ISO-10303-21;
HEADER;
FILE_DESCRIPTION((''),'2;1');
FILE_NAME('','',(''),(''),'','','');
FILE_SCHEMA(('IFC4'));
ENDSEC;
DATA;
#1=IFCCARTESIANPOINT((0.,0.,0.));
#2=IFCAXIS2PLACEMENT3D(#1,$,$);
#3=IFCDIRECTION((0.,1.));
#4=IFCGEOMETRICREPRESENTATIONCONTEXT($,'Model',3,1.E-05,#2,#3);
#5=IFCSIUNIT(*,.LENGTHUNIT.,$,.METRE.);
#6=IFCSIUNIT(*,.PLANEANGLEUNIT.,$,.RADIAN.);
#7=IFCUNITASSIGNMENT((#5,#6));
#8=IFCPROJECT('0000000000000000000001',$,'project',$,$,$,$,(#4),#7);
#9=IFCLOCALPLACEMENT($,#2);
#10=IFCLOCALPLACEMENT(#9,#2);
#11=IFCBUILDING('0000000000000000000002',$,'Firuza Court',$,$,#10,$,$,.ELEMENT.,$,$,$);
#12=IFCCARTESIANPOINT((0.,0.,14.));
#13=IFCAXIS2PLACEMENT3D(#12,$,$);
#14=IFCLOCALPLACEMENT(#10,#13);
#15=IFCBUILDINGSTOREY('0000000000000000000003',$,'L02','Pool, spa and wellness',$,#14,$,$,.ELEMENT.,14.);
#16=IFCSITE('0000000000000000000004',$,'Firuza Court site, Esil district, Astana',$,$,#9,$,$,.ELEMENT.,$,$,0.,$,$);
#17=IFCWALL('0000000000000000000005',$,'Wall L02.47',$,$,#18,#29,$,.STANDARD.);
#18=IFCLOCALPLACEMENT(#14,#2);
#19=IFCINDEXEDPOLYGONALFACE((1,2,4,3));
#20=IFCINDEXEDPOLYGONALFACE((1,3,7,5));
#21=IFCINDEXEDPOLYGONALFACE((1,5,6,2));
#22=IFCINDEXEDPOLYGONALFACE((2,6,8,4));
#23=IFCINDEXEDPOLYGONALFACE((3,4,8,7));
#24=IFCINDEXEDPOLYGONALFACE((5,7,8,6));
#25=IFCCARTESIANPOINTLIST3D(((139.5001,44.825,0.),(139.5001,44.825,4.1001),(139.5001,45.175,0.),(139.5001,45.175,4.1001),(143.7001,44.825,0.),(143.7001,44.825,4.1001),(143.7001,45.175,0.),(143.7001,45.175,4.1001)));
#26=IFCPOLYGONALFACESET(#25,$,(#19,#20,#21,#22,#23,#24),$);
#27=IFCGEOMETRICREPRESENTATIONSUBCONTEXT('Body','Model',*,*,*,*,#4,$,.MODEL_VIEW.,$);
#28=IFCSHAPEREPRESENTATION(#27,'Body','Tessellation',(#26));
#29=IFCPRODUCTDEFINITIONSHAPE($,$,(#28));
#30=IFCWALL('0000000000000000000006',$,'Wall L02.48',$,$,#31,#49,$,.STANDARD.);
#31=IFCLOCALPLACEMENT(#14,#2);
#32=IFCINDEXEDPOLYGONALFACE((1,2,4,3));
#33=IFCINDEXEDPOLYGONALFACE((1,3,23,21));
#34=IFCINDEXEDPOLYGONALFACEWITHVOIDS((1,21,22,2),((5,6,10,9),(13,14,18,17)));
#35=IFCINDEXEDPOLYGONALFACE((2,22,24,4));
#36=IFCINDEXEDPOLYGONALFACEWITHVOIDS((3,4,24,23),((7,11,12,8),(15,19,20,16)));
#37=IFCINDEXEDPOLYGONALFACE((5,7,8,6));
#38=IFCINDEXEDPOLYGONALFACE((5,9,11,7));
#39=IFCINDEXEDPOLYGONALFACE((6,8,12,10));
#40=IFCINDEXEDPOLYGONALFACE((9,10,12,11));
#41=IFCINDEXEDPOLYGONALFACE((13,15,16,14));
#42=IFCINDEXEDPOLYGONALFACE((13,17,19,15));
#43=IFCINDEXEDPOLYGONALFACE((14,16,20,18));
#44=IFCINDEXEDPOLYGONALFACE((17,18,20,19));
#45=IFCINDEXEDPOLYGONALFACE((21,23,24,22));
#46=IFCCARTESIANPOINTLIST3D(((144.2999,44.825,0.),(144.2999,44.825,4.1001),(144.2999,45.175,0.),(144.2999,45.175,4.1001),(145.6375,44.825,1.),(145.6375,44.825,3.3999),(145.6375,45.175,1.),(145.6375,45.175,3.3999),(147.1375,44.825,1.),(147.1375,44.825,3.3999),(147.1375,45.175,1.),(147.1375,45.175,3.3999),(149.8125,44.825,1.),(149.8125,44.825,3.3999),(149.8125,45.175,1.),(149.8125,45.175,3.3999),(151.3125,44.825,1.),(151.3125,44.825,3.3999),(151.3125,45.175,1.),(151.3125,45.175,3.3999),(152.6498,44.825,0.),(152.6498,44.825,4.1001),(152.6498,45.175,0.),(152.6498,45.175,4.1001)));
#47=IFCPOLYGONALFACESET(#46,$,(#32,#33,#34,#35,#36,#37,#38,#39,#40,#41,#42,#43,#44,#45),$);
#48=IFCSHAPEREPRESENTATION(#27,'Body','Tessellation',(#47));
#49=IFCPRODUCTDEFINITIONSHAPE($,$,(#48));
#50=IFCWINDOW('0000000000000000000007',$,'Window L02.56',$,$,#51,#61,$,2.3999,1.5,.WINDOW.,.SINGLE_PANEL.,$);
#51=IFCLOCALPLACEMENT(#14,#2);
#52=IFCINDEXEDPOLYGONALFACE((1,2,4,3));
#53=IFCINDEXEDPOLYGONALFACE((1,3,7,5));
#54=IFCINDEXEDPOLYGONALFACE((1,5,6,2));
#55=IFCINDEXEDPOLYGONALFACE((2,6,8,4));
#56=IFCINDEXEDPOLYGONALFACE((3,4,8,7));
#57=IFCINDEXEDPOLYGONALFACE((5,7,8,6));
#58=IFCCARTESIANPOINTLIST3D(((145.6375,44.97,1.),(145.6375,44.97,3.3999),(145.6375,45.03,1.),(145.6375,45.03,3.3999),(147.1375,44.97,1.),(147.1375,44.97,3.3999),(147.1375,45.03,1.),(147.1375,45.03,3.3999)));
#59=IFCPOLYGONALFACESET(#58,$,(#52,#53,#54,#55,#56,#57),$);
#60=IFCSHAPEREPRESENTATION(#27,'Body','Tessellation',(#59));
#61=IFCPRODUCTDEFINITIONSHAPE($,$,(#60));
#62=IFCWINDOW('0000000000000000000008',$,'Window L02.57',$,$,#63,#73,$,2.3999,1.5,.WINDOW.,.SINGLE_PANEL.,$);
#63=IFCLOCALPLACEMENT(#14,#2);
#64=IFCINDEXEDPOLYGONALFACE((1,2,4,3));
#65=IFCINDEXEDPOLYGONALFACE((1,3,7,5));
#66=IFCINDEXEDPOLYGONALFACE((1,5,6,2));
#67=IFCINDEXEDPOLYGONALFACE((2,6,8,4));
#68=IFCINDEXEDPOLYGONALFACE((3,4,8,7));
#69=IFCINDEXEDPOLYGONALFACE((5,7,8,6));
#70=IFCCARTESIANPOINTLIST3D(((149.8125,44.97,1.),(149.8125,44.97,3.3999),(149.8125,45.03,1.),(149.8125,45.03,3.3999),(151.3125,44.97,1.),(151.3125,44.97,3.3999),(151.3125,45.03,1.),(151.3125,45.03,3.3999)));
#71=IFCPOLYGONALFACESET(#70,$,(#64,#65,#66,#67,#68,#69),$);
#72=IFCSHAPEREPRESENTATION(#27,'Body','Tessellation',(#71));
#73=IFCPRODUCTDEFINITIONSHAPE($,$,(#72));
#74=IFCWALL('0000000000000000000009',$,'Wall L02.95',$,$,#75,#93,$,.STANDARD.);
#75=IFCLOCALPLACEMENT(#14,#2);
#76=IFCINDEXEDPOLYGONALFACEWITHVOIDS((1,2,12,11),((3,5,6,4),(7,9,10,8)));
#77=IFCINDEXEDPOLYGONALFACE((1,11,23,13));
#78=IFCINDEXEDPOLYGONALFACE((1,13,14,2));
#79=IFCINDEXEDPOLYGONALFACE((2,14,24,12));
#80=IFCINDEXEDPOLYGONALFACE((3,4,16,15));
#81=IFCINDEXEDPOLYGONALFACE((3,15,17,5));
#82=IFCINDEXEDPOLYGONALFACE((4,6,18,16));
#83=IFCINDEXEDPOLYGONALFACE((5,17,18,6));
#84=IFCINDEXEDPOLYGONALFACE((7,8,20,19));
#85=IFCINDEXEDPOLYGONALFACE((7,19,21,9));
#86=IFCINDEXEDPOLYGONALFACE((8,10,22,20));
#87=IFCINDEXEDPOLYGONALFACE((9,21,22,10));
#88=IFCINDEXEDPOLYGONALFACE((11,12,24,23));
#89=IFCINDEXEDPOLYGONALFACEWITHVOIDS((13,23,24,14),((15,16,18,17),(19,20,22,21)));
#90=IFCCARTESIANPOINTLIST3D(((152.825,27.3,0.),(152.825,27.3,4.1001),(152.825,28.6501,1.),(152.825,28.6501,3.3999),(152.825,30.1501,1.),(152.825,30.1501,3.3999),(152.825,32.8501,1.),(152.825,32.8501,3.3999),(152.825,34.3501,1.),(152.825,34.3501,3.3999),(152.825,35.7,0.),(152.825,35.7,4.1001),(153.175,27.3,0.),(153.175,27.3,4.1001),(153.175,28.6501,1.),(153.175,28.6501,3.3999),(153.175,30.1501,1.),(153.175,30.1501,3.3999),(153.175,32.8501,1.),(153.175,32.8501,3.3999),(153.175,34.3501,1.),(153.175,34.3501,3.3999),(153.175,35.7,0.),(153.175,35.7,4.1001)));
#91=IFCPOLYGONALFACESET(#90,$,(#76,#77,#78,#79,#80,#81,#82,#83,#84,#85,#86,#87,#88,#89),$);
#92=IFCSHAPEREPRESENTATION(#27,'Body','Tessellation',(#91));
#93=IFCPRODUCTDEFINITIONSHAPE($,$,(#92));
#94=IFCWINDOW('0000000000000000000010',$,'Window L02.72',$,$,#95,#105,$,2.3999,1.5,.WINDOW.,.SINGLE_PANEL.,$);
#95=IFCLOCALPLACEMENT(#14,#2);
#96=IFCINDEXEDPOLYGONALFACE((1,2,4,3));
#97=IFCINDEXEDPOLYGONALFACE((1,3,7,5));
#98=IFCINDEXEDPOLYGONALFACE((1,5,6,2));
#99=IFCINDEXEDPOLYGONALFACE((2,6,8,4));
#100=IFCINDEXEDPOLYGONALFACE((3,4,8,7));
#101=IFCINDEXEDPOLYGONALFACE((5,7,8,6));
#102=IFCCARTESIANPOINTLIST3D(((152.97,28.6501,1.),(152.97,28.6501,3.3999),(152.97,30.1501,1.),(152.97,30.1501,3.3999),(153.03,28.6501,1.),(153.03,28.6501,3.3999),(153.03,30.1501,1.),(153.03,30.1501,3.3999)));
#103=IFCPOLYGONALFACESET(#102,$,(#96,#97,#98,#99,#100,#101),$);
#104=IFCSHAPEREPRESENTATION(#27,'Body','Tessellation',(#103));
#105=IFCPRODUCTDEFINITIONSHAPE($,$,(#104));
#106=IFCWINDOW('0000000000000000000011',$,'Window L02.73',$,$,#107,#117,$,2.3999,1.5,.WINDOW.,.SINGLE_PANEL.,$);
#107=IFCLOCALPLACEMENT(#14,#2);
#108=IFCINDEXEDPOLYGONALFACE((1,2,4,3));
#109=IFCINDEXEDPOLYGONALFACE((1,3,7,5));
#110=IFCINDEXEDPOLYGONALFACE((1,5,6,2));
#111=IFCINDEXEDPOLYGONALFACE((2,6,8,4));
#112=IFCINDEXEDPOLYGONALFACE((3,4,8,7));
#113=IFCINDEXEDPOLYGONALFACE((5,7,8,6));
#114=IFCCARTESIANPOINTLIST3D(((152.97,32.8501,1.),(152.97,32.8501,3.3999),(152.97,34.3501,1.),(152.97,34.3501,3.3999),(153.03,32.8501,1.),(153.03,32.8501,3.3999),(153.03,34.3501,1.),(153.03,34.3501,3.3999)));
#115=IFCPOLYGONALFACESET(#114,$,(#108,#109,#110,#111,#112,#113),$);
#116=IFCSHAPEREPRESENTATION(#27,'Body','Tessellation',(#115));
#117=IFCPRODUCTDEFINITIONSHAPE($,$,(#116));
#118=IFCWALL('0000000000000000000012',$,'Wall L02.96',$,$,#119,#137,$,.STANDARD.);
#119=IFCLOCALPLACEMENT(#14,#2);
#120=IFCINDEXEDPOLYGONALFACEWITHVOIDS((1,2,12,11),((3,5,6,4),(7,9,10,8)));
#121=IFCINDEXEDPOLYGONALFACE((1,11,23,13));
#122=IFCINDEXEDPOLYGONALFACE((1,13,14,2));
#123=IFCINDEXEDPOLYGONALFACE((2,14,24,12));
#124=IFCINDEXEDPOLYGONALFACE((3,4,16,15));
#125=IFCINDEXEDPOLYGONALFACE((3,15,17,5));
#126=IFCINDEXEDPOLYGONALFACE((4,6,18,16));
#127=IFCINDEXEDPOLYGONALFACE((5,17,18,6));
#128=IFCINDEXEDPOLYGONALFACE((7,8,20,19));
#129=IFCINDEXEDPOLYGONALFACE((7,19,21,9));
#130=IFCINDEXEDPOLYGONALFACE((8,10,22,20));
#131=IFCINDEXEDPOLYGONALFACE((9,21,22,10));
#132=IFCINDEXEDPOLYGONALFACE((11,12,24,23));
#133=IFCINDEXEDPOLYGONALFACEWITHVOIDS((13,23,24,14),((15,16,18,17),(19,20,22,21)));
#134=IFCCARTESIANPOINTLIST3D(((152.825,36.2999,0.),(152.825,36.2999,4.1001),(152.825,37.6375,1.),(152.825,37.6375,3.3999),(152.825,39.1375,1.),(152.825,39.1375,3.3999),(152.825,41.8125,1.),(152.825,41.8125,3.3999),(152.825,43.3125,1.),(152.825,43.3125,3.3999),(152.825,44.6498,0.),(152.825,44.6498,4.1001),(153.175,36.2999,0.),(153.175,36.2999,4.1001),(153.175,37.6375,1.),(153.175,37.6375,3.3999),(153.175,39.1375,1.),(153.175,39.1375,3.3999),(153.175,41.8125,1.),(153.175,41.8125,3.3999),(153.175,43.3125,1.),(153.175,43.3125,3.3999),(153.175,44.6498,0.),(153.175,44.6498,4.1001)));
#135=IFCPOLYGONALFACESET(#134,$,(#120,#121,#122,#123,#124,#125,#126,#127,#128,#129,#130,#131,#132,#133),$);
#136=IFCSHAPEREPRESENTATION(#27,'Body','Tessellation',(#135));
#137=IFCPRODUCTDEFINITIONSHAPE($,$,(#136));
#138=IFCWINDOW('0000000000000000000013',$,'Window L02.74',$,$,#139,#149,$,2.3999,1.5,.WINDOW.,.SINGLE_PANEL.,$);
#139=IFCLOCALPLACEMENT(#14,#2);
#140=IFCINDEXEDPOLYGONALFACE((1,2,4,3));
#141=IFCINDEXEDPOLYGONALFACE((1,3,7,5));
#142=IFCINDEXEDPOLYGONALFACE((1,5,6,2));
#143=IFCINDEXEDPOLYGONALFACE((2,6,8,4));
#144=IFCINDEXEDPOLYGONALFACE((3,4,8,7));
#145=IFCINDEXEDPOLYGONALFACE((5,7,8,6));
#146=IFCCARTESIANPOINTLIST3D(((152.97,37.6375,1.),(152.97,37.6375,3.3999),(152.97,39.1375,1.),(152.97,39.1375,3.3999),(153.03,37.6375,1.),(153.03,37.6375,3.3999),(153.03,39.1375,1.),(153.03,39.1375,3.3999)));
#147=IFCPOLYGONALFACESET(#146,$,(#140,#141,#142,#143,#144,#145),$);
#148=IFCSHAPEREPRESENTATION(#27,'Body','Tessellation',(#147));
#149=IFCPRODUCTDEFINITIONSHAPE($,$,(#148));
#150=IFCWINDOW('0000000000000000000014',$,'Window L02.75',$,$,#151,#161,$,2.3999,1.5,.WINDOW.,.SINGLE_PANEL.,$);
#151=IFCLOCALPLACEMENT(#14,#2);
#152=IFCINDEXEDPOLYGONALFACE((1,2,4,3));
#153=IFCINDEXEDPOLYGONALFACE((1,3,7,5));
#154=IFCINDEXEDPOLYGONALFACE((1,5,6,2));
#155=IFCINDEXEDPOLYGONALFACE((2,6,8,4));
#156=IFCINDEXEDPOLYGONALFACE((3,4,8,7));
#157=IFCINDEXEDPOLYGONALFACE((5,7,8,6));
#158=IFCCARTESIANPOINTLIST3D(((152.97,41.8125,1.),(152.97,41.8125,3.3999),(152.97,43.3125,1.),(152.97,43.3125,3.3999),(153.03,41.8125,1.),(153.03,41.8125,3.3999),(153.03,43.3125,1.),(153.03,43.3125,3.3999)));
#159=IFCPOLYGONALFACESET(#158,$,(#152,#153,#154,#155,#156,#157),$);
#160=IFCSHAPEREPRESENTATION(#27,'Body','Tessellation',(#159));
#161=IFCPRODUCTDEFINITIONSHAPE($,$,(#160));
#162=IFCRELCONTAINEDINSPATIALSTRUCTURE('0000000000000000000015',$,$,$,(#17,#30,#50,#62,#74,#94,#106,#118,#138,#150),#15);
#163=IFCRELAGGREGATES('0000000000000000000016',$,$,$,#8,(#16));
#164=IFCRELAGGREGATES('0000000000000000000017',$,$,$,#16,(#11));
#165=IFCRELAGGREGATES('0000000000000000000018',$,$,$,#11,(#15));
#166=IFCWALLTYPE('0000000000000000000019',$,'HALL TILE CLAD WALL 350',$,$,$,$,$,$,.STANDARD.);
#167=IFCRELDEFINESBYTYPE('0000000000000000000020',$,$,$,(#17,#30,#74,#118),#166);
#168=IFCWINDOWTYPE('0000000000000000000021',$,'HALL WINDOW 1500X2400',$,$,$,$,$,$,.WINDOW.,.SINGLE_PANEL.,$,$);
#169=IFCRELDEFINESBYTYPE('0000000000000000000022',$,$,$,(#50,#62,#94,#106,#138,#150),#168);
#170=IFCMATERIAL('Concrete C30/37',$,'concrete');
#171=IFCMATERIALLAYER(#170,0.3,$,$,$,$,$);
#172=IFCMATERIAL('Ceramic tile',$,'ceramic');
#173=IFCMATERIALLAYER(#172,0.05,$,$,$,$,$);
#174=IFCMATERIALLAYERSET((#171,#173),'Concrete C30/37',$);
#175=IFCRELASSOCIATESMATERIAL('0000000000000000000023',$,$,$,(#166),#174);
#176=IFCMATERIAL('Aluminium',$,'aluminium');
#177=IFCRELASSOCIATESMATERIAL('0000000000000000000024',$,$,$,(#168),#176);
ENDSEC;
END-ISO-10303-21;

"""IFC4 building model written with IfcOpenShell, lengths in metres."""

from ifc_helpers import new_model, si_unit, direction, frame, frame_2d, origin, place, context, subcontext, project, spatial, rectangle, extrude, material, layer, layer_set, type_object, element, fill, save


model = new_model("IFC4")

# Units and contexts
model_context = context("Model", 3, precision=1e-05, world=origin(), true_north=direction((0.0, 1.0)))
body_context = subcontext(model_context, "Body", "Model", "MODEL_VIEW")
ifc_project = project(units=[si_unit("LENGTHUNIT", "METRE"), si_unit("PLANEANGLEUNIT", "RADIAN")], contexts=[model_context])

# Site, building, storey
site_placement = place(None, origin())
site = spatial("IfcSite", under=ifc_project, at=site_placement, Name="Firuza Court site, Esil district, Astana", CompositionType="ELEMENT", RefElevation=0.0)
building_placement = place(site_placement, origin())
building = spatial("IfcBuilding", under=site, at=building_placement, Name="Firuza Court", CompositionType="ELEMENT")
storey_placement = place(building_placement, frame((0.0, 0.0, 14.0)))
storey = spatial("IfcBuildingStorey", under=building, at=storey_placement, Name="L02", Description="Pool, spa and wellness", CompositionType="ELEMENT", Elevation=14.0)

# Wall
ifc_material_1 = material(Name="Concrete C30/37", Category="concrete")
ifc_layer_1 = layer(ifc_material_1, 0.3)
ifc_material_2 = material(Name="Ceramic tile", Category="ceramic")
ifc_layer_2 = layer(ifc_material_2, 0.05)
ifc_layer_set_1 = layer_set([ifc_layer_1, ifc_layer_2], Name="Concrete C30/37")
wall_type_1 = type_object("IfcWallType", Name="HALL TILE CLAD WALL 350", PredefinedType="STANDARD", material=ifc_layer_set_1)
wall_1_placement = place(storey_placement, frame((139.5, 45.0, 0.0), z_axis=(0.0, 0.0, 1.0), x_axis=(1.0, 0.0, 0.0)))
element("IfcWall", 1, at=wall_1_placement, inside=storey, type_object=wall_type_1, Name="Wall L02.47", PredefinedType="STANDARD", context=body_context, shape_type="SweptSolid", body=[
    extrude(rectangle(XDim=4.2, YDim=0.3501, at=frame_2d((2.1001, 0.0))), origin(), (0.0, 0.0, 1.0), 4.1001),
])

# Walls, openings, windows
wall_2_placement = place(storey_placement, frame((144.3, 45.0, 0.0), z_axis=(0.0, 0.0, 1.0), x_axis=(1.0, 0.0, 0.0)))
wall_2 = element("IfcWall", 2, at=wall_2_placement, inside=storey, type_object=wall_type_1, Name="Wall L02.48", PredefinedType="STANDARD", context=body_context, shape_type="SweptSolid", body=[
    extrude(rectangle(XDim=8.3499, YDim=0.3501, at=frame_2d((4.1748, 0.0))), origin(), (0.0, 0.0, 1.0), 4.1001),
])
opening_1_placement = place(wall_2_placement, frame((1.3374, 0.0, 1.0)))
opening_1 = element("IfcOpeningElement", 3, at=opening_1_placement, cuts=wall_2, PredefinedType="OPENING", context=body_context, shape_type="SweptSolid", body=[
    extrude(rectangle(XDim=1.5, YDim=2.3999, at=frame_2d((0.75, 1.2))), frame((0.0, 0.187, 0.0), z_axis=(0.0, -1.0, 0.0), x_axis=(1.0, 0.0, 0.0)), (0.0, 0.0, 1.0), 0.374),
])
opening_2_placement = place(wall_2_placement, frame((5.5125, 0.0, 1.0)))
opening_2 = element("IfcOpeningElement", 4, at=opening_2_placement, cuts=wall_2, PredefinedType="OPENING", context=body_context, shape_type="SweptSolid", body=[
    extrude(rectangle(XDim=1.5, YDim=2.3999, at=frame_2d((0.75, 1.2))), frame((0.0, 0.187, 0.0), z_axis=(0.0, -1.0, 0.0), x_axis=(1.0, 0.0, 0.0)), (0.0, 0.0, 1.0), 0.374),
])
ifc_material_3 = material(Name="Aluminium", Category="aluminium")
window_type = type_object("IfcWindowType", Name="HALL WINDOW 1500X2400", PartitioningType="SINGLE_PANEL", PredefinedType="WINDOW", material=ifc_material_3)
window_1_placement = place(opening_1_placement, origin())
window_1 = element("IfcWindow", 5, at=window_1_placement, inside=storey, type_object=window_type, Name="Window L02.56", OverallHeight=2.3999, OverallWidth=1.5, PartitioningType="SINGLE_PANEL", PredefinedType="WINDOW", context=body_context, shape_type="SweptSolid", body=[
    extrude(rectangle(XDim=1.5, YDim=2.3999, at=frame_2d((0.75, 1.2))), frame((0.0, 0.03, 0.0), z_axis=(0.0, -1.0, 0.0), x_axis=(1.0, 0.0, 0.0)), (0.0, 0.0, 1.0), 0.0601),
])
fill(opening_1, window_1)
window_2_placement = place(opening_2_placement, origin())
window_2 = element("IfcWindow", 6, at=window_2_placement, inside=storey, type_object=window_type, Name="Window L02.57", OverallHeight=2.3999, OverallWidth=1.5, PartitioningType="SINGLE_PANEL", PredefinedType="WINDOW", context=body_context, shape_type="SweptSolid", body=[
    extrude(rectangle(XDim=1.5, YDim=2.3999, at=frame_2d((0.75, 1.2))), frame((0.0, 0.03, 0.0), z_axis=(0.0, -1.0, 0.0), x_axis=(1.0, 0.0, 0.0)), (0.0, 0.0, 1.0), 0.0601),
])
fill(opening_2, window_2)
wall_3_placement = place(storey_placement, frame((153.0, 27.3, 0.0), z_axis=(0.0, 0.0, 1.0), x_axis=(0.0, 1.0, 0.0)))
wall_3 = element("IfcWall", 7, at=wall_3_placement, inside=storey, type_object=wall_type_1, Name="Wall L02.95", PredefinedType="STANDARD", context=body_context, shape_type="SweptSolid", body=[
    extrude(rectangle(XDim=8.3999, YDim=0.3501, at=frame_2d((4.2, 0.0))), origin(), (0.0, 0.0, 1.0), 4.1001),
])
opening_3_placement = place(wall_3_placement, frame((1.3501, 0.0, 1.0)))
opening_3 = element("IfcOpeningElement", 8, at=opening_3_placement, cuts=wall_3, PredefinedType="OPENING", context=body_context, shape_type="SweptSolid", body=[
    extrude(rectangle(XDim=1.5, YDim=2.3999, at=frame_2d((0.75, 1.2))), frame((0.0, 0.187, 0.0), z_axis=(0.0, -1.0, 0.0), x_axis=(1.0, 0.0, 0.0)), (0.0, 0.0, 1.0), 0.374),
])
opening_4_placement = place(wall_3_placement, frame((5.55, 0.0, 1.0)))
opening_4 = element("IfcOpeningElement", 9, at=opening_4_placement, cuts=wall_3, PredefinedType="OPENING", context=body_context, shape_type="SweptSolid", body=[
    extrude(rectangle(XDim=1.5, YDim=2.3999, at=frame_2d((0.75, 1.2))), frame((0.0, 0.187, 0.0), z_axis=(0.0, -1.0, 0.0), x_axis=(1.0, 0.0, 0.0)), (0.0, 0.0, 1.0), 0.374),
])
window_3_placement = place(opening_3_placement, origin())
window_3 = element("IfcWindow", 10, at=window_3_placement, inside=storey, type_object=window_type, Name="Window L02.72", OverallHeight=2.3999, OverallWidth=1.5, PartitioningType="SINGLE_PANEL", PredefinedType="WINDOW", context=body_context, shape_type="SweptSolid", body=[
    extrude(rectangle(XDim=1.5, YDim=2.3999, at=frame_2d((0.75, 1.2))), frame((0.0, 0.03, 0.0), z_axis=(0.0, -1.0, 0.0), x_axis=(1.0, 0.0, 0.0)), (0.0, 0.0, 1.0), 0.0601),
])
fill(opening_3, window_3)
window_4_placement = place(opening_4_placement, origin())
window_4 = element("IfcWindow", 11, at=window_4_placement, inside=storey, type_object=window_type, Name="Window L02.73", OverallHeight=2.3999, OverallWidth=1.5, PartitioningType="SINGLE_PANEL", PredefinedType="WINDOW", context=body_context, shape_type="SweptSolid", body=[
    extrude(rectangle(XDim=1.5, YDim=2.3999, at=frame_2d((0.75, 1.2))), frame((0.0, 0.03, 0.0), z_axis=(0.0, -1.0, 0.0), x_axis=(1.0, 0.0, 0.0)), (0.0, 0.0, 1.0), 0.0601),
])
fill(opening_4, window_4)
wall_4_placement = place(storey_placement, frame((153.0, 36.3, 0.0), z_axis=(0.0, 0.0, 1.0), x_axis=(0.0, 1.0, 0.0)))
wall_4 = element("IfcWall", 12, at=wall_4_placement, inside=storey, type_object=wall_type_1, Name="Wall L02.96", PredefinedType="STANDARD", context=body_context, shape_type="SweptSolid", body=[
    extrude(rectangle(XDim=8.3499, YDim=0.3501, at=frame_2d((4.1748, 0.0))), origin(), (0.0, 0.0, 1.0), 4.1001),
])
opening_5_placement = place(wall_4_placement, frame((1.3374, 0.0, 1.0)))
opening_5 = element("IfcOpeningElement", 13, at=opening_5_placement, cuts=wall_4, PredefinedType="OPENING", context=body_context, shape_type="SweptSolid", body=[
    extrude(rectangle(XDim=1.5, YDim=2.3999, at=frame_2d((0.75, 1.2))), frame((0.0, 0.187, 0.0), z_axis=(0.0, -1.0, 0.0), x_axis=(1.0, 0.0, 0.0)), (0.0, 0.0, 1.0), 0.374),
])
opening_6_placement = place(wall_4_placement, frame((5.5125, 0.0, 1.0)))
opening_6 = element("IfcOpeningElement", 14, at=opening_6_placement, cuts=wall_4, PredefinedType="OPENING", context=body_context, shape_type="SweptSolid", body=[
    extrude(rectangle(XDim=1.5, YDim=2.3999, at=frame_2d((0.75, 1.2))), frame((0.0, 0.187, 0.0), z_axis=(0.0, -1.0, 0.0), x_axis=(1.0, 0.0, 0.0)), (0.0, 0.0, 1.0), 0.374),
])
window_5_placement = place(opening_5_placement, origin())
window_5 = element("IfcWindow", 15, at=window_5_placement, inside=storey, type_object=window_type, Name="Window L02.74", OverallHeight=2.3999, OverallWidth=1.5, PartitioningType="SINGLE_PANEL", PredefinedType="WINDOW", context=body_context, shape_type="SweptSolid", body=[
    extrude(rectangle(XDim=1.5, YDim=2.3999, at=frame_2d((0.75, 1.2))), frame((0.0, 0.03, 0.0), z_axis=(0.0, -1.0, 0.0), x_axis=(1.0, 0.0, 0.0)), (0.0, 0.0, 1.0), 0.0601),
])
fill(opening_5, window_5)
window_6_placement = place(opening_6_placement, origin())
window_6 = element("IfcWindow", 16, at=window_6_placement, inside=storey, type_object=window_type, Name="Window L02.75", OverallHeight=2.3999, OverallWidth=1.5, PartitioningType="SINGLE_PANEL", PredefinedType="WINDOW", context=body_context, shape_type="SweptSolid", body=[
    extrude(rectangle(XDim=1.5, YDim=2.3999, at=frame_2d((0.75, 1.2))), frame((0.0, 0.03, 0.0), z_axis=(0.0, -1.0, 0.0), x_axis=(1.0, 0.0, 0.0)), (0.0, 0.0, 1.0), 0.0601),
])
fill(opening_6, window_6)

save(model, "model.ifc")
